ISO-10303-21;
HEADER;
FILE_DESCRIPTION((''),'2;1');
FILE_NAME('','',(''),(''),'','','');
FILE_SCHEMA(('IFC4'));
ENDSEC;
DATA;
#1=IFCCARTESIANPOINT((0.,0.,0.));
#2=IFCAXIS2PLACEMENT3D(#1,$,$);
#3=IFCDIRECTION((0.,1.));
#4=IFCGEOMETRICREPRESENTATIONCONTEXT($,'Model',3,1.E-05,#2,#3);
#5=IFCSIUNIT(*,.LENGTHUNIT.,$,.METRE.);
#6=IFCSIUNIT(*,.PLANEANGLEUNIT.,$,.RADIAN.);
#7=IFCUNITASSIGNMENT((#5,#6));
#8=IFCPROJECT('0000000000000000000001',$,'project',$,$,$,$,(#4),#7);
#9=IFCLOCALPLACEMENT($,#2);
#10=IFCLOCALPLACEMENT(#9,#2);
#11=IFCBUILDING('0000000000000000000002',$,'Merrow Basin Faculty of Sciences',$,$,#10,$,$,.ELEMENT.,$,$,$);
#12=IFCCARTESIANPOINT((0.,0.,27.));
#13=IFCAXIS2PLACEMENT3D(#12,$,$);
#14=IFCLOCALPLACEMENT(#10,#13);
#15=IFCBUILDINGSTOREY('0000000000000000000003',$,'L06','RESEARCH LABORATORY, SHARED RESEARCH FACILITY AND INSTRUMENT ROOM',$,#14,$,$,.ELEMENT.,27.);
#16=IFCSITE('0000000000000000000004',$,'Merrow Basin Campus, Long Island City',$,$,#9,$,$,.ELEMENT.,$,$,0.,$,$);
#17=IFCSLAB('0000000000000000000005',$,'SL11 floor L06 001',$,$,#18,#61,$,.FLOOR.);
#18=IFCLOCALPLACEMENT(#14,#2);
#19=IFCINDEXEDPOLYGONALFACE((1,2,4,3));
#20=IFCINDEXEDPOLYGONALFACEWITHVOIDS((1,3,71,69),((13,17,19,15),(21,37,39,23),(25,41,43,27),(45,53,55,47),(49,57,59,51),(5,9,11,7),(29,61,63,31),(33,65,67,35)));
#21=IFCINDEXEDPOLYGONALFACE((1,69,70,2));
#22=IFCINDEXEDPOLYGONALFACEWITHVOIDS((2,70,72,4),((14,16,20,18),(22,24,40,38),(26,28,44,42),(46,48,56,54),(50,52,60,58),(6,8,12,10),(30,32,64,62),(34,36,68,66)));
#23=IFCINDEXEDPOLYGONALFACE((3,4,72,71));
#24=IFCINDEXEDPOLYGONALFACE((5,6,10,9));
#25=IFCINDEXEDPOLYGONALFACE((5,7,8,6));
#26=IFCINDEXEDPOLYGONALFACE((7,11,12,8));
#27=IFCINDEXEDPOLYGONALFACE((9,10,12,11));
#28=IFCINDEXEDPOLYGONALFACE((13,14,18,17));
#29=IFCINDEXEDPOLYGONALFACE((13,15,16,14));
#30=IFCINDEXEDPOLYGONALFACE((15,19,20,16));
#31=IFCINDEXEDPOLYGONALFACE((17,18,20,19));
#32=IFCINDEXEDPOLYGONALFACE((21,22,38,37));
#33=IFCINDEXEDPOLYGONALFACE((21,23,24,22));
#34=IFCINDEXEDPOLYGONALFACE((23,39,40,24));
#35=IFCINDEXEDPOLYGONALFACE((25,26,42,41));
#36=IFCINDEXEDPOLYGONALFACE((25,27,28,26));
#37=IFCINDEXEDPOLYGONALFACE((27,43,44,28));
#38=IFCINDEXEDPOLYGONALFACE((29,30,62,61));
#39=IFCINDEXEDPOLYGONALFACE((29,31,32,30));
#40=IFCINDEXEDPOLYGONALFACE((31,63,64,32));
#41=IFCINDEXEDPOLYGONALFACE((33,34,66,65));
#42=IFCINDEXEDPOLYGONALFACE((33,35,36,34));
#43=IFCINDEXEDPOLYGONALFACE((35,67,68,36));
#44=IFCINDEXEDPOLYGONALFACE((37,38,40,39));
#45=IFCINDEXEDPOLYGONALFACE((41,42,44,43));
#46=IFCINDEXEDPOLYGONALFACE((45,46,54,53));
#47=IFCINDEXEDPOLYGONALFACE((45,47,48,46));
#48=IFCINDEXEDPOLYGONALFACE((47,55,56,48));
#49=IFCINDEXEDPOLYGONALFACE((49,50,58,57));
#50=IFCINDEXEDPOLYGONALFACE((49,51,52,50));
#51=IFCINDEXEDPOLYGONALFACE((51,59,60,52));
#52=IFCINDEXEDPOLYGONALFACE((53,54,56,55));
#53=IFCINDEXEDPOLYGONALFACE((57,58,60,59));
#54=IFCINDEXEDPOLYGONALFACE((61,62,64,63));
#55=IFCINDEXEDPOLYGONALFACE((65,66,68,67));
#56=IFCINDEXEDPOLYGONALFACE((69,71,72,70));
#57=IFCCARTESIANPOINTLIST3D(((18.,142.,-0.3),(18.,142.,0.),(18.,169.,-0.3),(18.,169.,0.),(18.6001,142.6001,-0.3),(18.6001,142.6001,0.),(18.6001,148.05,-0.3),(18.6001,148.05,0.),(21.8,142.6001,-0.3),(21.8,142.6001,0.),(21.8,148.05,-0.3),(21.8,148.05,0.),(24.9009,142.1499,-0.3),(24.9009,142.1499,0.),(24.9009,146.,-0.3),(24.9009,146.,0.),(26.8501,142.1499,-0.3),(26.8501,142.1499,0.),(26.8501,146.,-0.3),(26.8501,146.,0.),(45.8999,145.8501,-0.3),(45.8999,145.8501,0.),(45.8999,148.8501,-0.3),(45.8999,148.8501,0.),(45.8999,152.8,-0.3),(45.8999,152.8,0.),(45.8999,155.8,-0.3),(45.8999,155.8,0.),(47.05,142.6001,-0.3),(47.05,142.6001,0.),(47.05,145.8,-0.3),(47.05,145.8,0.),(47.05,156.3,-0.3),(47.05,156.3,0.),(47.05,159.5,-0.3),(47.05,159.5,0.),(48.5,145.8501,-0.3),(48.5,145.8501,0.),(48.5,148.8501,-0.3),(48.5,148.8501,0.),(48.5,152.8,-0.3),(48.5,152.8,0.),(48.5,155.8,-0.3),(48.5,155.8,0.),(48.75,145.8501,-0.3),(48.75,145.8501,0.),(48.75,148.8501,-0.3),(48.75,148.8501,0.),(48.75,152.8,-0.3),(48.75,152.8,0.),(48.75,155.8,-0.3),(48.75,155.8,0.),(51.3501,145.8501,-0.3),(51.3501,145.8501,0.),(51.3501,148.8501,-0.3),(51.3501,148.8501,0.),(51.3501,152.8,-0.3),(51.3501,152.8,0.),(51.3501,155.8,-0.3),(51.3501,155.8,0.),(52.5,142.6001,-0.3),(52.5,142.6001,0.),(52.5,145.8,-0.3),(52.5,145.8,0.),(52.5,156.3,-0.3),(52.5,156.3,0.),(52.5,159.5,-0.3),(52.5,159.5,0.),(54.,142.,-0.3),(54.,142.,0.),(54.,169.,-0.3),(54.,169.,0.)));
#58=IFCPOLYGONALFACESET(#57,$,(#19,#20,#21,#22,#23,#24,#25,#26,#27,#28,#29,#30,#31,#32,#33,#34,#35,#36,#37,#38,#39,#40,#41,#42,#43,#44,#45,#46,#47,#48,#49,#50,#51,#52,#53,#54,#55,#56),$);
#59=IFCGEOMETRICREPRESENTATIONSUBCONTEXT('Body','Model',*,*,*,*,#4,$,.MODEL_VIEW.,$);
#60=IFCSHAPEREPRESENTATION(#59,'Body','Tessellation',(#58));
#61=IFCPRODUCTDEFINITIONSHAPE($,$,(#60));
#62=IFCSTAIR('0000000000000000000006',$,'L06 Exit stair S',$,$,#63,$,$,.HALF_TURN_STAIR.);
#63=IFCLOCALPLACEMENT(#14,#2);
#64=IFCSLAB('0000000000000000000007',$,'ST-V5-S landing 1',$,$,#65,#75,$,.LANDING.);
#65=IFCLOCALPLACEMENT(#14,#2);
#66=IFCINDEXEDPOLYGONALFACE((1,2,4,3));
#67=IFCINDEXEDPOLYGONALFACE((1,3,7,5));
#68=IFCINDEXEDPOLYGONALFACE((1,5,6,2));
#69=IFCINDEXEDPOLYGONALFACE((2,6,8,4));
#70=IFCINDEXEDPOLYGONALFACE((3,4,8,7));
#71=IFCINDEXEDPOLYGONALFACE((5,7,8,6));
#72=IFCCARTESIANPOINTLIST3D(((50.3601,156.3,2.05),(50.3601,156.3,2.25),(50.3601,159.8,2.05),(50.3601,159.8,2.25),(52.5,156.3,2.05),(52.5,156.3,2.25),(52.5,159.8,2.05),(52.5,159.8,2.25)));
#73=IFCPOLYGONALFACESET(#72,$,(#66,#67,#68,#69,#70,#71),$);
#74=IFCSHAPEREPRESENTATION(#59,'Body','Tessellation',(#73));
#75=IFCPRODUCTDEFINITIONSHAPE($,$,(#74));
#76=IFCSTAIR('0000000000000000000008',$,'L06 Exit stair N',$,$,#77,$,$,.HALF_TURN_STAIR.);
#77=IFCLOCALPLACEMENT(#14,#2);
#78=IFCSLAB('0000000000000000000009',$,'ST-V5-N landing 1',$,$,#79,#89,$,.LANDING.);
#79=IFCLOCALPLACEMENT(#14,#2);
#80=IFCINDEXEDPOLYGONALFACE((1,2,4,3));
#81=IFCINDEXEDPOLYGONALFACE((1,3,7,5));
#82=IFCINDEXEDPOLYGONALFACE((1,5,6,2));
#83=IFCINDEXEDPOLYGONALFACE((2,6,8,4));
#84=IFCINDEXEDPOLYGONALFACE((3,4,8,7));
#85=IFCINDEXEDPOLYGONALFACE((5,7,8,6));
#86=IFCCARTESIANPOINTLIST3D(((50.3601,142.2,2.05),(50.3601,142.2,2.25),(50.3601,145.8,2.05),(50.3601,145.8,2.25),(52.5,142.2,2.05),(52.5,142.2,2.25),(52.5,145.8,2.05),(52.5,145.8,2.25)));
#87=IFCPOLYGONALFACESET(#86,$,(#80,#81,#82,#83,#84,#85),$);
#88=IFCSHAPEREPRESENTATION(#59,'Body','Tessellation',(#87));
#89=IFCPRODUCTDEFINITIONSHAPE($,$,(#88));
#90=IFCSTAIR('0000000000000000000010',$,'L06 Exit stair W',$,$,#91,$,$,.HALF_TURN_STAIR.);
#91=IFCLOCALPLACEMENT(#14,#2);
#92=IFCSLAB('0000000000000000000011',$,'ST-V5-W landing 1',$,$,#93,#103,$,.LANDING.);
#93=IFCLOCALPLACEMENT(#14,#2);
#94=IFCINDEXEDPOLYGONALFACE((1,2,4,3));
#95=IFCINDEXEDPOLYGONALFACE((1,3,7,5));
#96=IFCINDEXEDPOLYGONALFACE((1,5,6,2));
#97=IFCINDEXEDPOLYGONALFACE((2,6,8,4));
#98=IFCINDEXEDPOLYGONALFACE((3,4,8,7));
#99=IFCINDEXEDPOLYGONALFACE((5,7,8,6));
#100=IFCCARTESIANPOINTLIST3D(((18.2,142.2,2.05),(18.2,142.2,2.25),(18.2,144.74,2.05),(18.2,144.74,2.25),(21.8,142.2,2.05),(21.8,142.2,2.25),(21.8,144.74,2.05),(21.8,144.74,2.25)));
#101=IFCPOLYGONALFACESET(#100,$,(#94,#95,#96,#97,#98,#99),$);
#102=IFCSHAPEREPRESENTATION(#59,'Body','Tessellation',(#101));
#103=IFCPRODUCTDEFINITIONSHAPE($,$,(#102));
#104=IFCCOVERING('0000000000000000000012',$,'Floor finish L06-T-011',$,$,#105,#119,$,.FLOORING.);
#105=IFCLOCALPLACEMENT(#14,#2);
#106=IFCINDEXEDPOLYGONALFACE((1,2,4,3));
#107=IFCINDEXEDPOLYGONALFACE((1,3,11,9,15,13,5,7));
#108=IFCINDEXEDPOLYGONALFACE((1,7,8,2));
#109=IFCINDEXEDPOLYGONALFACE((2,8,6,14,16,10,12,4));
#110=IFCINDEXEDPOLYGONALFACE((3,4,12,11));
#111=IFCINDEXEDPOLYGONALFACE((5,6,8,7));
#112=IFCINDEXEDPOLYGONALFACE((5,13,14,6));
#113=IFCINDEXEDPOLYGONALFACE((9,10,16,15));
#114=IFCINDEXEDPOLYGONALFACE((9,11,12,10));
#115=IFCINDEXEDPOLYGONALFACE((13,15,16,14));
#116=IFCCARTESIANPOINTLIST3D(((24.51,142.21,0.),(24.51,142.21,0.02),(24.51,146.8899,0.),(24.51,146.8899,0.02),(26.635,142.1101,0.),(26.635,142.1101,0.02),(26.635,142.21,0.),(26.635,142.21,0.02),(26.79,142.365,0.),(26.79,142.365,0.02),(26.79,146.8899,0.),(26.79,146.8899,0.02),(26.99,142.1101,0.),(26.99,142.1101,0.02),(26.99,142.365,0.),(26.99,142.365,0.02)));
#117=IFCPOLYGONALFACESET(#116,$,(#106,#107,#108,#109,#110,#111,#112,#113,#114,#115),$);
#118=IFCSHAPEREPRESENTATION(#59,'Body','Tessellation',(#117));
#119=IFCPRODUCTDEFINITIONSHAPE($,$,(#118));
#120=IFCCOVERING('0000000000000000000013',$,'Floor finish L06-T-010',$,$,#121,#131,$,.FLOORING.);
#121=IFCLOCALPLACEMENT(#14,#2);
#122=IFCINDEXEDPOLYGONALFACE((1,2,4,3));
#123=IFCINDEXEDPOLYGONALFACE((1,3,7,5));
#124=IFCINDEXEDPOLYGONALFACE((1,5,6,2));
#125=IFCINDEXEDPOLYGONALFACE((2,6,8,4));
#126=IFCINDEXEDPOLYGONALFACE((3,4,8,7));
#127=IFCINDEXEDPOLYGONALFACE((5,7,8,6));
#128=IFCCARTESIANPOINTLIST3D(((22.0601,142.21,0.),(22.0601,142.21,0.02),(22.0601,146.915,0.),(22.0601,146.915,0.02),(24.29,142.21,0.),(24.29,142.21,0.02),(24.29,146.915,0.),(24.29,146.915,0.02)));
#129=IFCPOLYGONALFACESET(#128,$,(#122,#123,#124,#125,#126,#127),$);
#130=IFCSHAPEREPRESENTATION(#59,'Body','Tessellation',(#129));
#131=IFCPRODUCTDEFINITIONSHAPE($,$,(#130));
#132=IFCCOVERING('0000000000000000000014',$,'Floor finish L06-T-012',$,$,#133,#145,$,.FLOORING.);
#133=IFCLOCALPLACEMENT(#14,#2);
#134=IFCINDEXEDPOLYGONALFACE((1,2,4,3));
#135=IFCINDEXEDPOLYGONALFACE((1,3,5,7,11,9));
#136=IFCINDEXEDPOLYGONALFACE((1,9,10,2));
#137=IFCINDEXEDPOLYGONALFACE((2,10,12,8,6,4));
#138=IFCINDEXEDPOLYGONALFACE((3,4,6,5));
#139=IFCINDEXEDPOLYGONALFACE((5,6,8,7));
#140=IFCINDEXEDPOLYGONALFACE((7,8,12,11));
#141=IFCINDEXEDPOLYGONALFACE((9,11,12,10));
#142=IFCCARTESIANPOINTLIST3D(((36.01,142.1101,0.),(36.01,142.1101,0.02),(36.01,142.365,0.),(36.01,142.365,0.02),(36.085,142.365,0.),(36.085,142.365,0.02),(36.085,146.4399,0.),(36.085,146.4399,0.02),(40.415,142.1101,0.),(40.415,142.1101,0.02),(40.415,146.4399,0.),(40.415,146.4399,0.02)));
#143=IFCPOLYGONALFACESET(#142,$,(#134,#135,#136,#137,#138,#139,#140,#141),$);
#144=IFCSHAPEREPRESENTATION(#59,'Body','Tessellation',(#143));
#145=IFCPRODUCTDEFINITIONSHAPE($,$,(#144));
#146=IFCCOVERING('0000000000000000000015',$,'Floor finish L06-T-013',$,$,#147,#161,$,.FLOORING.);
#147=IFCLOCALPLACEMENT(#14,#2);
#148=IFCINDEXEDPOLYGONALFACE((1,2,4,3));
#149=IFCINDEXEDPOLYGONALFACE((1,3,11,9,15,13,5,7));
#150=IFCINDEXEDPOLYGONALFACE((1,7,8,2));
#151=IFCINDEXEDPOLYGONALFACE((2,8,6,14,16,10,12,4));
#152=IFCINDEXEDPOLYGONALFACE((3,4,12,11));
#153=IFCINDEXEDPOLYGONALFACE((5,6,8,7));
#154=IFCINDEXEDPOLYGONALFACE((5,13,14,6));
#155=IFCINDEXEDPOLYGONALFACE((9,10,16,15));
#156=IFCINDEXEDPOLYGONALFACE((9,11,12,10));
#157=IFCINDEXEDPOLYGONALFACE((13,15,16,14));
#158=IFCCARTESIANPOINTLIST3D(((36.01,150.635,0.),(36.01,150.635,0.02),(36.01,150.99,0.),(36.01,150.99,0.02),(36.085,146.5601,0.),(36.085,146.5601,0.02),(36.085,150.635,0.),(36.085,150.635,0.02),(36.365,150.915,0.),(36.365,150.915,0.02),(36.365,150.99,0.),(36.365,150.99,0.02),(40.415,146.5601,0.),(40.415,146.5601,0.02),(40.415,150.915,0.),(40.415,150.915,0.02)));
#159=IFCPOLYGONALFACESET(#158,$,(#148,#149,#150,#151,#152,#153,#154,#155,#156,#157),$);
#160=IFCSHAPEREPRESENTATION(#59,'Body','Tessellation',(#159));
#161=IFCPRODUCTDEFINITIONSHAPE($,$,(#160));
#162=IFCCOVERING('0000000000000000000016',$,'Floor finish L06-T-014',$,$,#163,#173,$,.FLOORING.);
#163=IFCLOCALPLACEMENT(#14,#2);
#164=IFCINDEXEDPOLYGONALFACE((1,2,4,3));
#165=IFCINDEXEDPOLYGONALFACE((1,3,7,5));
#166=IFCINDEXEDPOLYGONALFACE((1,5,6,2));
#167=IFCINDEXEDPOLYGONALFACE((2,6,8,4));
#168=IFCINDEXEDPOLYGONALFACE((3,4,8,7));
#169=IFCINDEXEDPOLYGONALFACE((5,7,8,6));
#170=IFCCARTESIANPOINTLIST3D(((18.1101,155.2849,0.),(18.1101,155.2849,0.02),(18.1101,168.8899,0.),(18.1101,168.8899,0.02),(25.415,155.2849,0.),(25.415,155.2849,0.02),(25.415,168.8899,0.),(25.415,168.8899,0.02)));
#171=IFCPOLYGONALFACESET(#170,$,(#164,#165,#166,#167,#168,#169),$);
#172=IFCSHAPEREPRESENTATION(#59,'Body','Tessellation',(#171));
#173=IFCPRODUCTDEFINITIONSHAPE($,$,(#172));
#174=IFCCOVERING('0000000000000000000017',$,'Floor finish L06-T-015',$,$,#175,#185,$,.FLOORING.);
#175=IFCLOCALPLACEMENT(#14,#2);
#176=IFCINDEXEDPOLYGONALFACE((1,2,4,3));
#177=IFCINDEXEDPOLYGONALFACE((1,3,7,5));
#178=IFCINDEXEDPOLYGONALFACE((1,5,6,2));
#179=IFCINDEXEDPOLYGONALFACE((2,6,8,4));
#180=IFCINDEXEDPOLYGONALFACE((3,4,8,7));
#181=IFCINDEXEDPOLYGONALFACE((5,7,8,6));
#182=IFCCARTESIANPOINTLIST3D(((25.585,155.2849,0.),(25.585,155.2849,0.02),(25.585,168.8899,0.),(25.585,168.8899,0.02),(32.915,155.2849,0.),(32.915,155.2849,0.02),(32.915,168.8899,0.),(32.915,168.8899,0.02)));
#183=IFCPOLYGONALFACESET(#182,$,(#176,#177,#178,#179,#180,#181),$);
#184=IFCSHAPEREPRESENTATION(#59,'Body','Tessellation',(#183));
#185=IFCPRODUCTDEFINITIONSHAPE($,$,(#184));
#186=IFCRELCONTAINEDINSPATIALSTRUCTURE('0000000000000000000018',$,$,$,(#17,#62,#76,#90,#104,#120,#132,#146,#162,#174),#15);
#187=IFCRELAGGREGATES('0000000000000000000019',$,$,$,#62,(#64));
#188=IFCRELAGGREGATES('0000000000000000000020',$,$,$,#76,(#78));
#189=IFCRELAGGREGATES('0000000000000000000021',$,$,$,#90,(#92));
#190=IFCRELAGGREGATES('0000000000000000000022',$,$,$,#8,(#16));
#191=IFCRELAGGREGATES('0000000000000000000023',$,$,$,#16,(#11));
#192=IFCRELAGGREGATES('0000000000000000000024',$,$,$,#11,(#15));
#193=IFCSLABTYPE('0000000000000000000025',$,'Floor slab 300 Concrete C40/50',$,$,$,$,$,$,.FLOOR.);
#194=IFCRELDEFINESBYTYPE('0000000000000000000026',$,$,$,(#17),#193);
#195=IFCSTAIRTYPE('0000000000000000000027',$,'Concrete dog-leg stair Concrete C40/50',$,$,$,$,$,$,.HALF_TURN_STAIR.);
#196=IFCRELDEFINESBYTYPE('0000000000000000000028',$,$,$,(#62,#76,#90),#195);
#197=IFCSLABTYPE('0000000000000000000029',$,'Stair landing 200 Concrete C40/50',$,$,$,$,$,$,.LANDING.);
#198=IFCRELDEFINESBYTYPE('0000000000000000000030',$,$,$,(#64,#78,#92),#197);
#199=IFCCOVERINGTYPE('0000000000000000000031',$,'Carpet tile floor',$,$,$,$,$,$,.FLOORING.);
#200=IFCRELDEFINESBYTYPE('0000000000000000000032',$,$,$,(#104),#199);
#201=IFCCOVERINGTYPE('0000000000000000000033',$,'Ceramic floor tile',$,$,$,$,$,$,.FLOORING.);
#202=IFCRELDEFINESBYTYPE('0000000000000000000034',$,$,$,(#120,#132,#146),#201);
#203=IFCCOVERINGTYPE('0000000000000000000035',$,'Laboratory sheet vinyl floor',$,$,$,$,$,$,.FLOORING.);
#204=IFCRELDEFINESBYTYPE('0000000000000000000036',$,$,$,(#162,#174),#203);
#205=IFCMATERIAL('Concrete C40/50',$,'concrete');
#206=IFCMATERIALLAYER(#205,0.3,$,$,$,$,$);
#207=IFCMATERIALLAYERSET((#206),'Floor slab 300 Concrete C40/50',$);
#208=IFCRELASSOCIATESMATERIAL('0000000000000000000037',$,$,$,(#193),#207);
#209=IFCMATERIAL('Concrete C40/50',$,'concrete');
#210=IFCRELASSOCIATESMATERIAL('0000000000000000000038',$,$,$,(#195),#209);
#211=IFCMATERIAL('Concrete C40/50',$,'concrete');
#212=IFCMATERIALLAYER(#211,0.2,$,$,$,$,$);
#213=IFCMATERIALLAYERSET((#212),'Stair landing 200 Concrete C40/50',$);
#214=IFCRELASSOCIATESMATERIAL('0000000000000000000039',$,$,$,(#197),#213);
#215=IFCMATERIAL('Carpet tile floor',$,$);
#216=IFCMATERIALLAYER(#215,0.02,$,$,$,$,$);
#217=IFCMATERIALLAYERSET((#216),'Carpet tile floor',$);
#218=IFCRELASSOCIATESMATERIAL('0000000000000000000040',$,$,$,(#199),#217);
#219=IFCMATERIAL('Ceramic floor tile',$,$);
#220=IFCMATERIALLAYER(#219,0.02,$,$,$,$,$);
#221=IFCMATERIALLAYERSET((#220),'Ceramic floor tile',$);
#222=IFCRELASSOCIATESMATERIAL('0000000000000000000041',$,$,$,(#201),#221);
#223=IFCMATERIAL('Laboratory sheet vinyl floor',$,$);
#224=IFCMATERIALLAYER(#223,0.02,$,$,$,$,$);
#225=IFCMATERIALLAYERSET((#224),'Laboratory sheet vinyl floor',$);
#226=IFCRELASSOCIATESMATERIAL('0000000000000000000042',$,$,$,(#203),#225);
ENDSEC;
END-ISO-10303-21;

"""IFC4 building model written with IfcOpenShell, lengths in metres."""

from ifc_helpers import new_model, si_unit, direction, frame, origin, place, context, subcontext, project, spatial, polyline, outline, extrude, material, layer, layer_set, type_object, element, aggregate, save


model = new_model("IFC4")

# Units and contexts
model_context = context("Model", 3, precision=1e-05, world=origin(), true_north=direction((0.0, 1.0)))
body_context = subcontext(model_context, "Body", "Model", "MODEL_VIEW")
ifc_project = project(units=[si_unit("LENGTHUNIT", "METRE"), si_unit("PLANEANGLEUNIT", "RADIAN")], contexts=[model_context])

# Site, building, storey
site_placement = place(None, origin())
site = spatial("IfcSite", under=ifc_project, at=site_placement, Name="Merrow Basin Campus, Long Island City", CompositionType="ELEMENT", RefElevation=0.0)
building_placement = place(site_placement, origin())
building = spatial("IfcBuilding", under=site, at=building_placement, Name="Merrow Basin Faculty of Sciences", CompositionType="ELEMENT")
storey_placement = place(building_placement, frame((0.0, 0.0, 27.0)))
storey = spatial("IfcBuildingStorey", under=building, at=storey_placement, Name="L06", Description="RESEARCH LABORATORY, SHARED RESEARCH FACILITY AND INSTRUMENT ROOM", CompositionType="ELEMENT", Elevation=27.0)

# Slab
ifc_material_1 = material(Name="Concrete C40/50", Category="concrete")
ifc_layer_1 = layer(ifc_material_1, 0.3)
ifc_layer_set_1 = layer_set([ifc_layer_1], Name="Floor slab 300 Concrete C40/50")
slab_type_1 = type_object("IfcSlabType", Name="Floor slab 300 Concrete C40/50", PredefinedType="FLOOR", material=ifc_layer_set_1)
slab_1_placement = place(storey_placement, frame((0.0, 0.0, -0.3)))
element("IfcSlab", 1, at=slab_1_placement, inside=storey, type_object=slab_type_1, Name="SL11 floor L06 001", PredefinedType="FLOOR", context=body_context, shape_type="SweptSolid", body=[
    extrude(outline(polyline([(18.0, 169.0), (54.0, 169.0), (54.0, 142.0), (18.0, 142.0), (18.0, 169.0)]), holes=[polyline([(47.05, 142.6001), (52.5, 142.6001), (52.5, 145.8), (47.05, 145.8), (47.05, 142.6001)]), polyline([(47.05, 156.3), (52.5, 156.3), (52.5, 159.5), (47.05, 159.5), (47.05, 156.3)]), polyline([(48.75, 145.8501), (51.3501, 145.8501), (51.3501, 148.8501), (48.75, 148.8501), (48.75, 145.8501)]), polyline([(48.75, 152.8), (51.3501, 152.8), (51.3501, 155.8), (48.75, 155.8), (48.75, 152.8)]), polyline([(45.8999, 145.8501), (48.5, 145.8501), (48.5, 148.8501), (45.8999, 148.8501), (45.8999, 145.8501)]), polyline([(45.8999, 152.8), (48.5, 152.8), (48.5, 155.8), (45.8999, 155.8), (45.8999, 152.8)]), polyline([(24.9009, 142.1499), (26.8501, 142.1499), (26.8501, 146.0), (24.9009, 146.0), (24.9009, 142.1499)]), polyline([(18.6001, 142.6001), (21.8, 142.6001), (21.8, 148.05), (18.6001, 148.05), (18.6001, 142.6001)])]), origin(), (0.0, 0.0, 1.0), 0.3),
])

# Stairs, slabs
ifc_material_2 = material(Name="Concrete C40/50", Category="concrete")
stair_type = type_object("IfcStairType", Name="Concrete dog-leg stair Concrete C40/50", PredefinedType="HALF_TURN_STAIR", material=ifc_material_2)
stair_1_placement = place(storey_placement, origin())
stair_1 = element("IfcStair", 2, at=stair_1_placement, inside=storey, type_object=stair_type, Name="L06 Exit stair S", PredefinedType="HALF_TURN_STAIR")
ifc_material_3 = material(Name="Concrete C40/50", Category="concrete")
ifc_layer_2 = layer(ifc_material_3, 0.2)
ifc_layer_set_2 = layer_set([ifc_layer_2], Name="Stair landing 200 Concrete C40/50")
slab_type_2 = type_object("IfcSlabType", Name="Stair landing 200 Concrete C40/50", PredefinedType="LANDING", material=ifc_layer_set_2)
slab_2_placement = place(storey_placement, frame((0.0, 0.0, 2.05)))
slab_2 = element("IfcSlab", 3, at=slab_2_placement, type_object=slab_type_2, Name="ST-V5-S landing 1", PredefinedType="LANDING", context=body_context, shape_type="SweptSolid", body=[
    extrude(outline(polyline([(50.3601, 156.3), (52.5, 156.3), (52.5, 159.8), (50.3601, 159.8), (50.3601, 156.3)])), origin(), (0.0, 0.0, 1.0), 0.2),
])
aggregate(stair_1, [slab_2])
stair_2_placement = place(storey_placement, origin())
stair_2 = element("IfcStair", 4, at=stair_2_placement, inside=storey, type_object=stair_type, Name="L06 Exit stair N", PredefinedType="HALF_TURN_STAIR")
slab_3_placement = place(storey_placement, frame((0.0, 0.0, 2.05)))
slab_3 = element("IfcSlab", 5, at=slab_3_placement, type_object=slab_type_2, Name="ST-V5-N landing 1", PredefinedType="LANDING", context=body_context, shape_type="SweptSolid", body=[
    extrude(outline(polyline([(50.3601, 142.2), (52.5, 142.2), (52.5, 145.8), (50.3601, 145.8), (50.3601, 142.2)])), origin(), (0.0, 0.0, 1.0), 0.2),
])
aggregate(stair_2, [slab_3])
stair_3_placement = place(storey_placement, origin())
stair_3 = element("IfcStair", 6, at=stair_3_placement, inside=storey, type_object=stair_type, Name="L06 Exit stair W", PredefinedType="HALF_TURN_STAIR")
slab_4_placement = place(storey_placement, frame((0.0, 0.0, 2.05)))
slab_4 = element("IfcSlab", 7, at=slab_4_placement, type_object=slab_type_2, Name="ST-V5-W landing 1", PredefinedType="LANDING", context=body_context, shape_type="SweptSolid", body=[
    extrude(outline(polyline([(18.2, 142.2), (21.8, 142.2), (21.8, 144.74), (18.2, 144.74), (18.2, 142.2)])), origin(), (0.0, 0.0, 1.0), 0.2),
])
aggregate(stair_3, [slab_4])

# Coverings
ifc_material_4 = material(Name="Carpet tile floor")
ifc_layer_3 = layer(ifc_material_4, 0.02)
ifc_layer_set_3 = layer_set([ifc_layer_3], Name="Carpet tile floor")
covering_type_1 = type_object("IfcCoveringType", Name="Carpet tile floor", PredefinedType="FLOORING", material=ifc_layer_set_3)
covering_1_placement = place(storey_placement, origin())
element("IfcCovering", 8, at=covering_1_placement, inside=storey, type_object=covering_type_1, Name="Floor finish L06-T-011", PredefinedType="FLOORING", context=body_context, shape_type="SweptSolid", body=[
    extrude(outline(polyline([(26.99, 142.1101), (26.635, 142.1101), (26.635, 142.21), (24.51, 142.21), (24.51, 146.8899), (26.79, 146.8899), (26.79, 142.365), (26.99, 142.365), (26.99, 142.1101)])), origin(), (0.0, 0.0, 1.0), 0.02),
])
ifc_material_5 = material(Name="Ceramic floor tile")
ifc_layer_4 = layer(ifc_material_5, 0.02)
ifc_layer_set_4 = layer_set([ifc_layer_4], Name="Ceramic floor tile")
covering_type_2 = type_object("IfcCoveringType", Name="Ceramic floor tile", PredefinedType="FLOORING", material=ifc_layer_set_4)
covering_2_placement = place(storey_placement, origin())
element("IfcCovering", 9, at=covering_2_placement, inside=storey, type_object=covering_type_2, Name="Floor finish L06-T-010", PredefinedType="FLOORING", context=body_context, shape_type="SweptSolid", body=[
    extrude(outline(polyline([(24.29, 142.21), (22.0601, 142.21), (22.0601, 146.915), (24.29, 146.915), (24.29, 142.21)])), origin(), (0.0, 0.0, 1.0), 0.02),
])
covering_3_placement = place(storey_placement, origin())
element("IfcCovering", 10, at=covering_3_placement, inside=storey, type_object=covering_type_2, Name="Floor finish L06-T-012", PredefinedType="FLOORING", context=body_context, shape_type="SweptSolid", body=[
    extrude(outline(polyline([(36.01, 142.1101), (36.01, 142.365), (36.085, 142.365), (36.085, 146.4399), (40.415, 146.4399), (40.415, 142.1101), (36.01, 142.1101)])), origin(), (0.0, 0.0, 1.0), 0.02),
])
covering_4_placement = place(storey_placement, origin())
element("IfcCovering", 11, at=covering_4_placement, inside=storey, type_object=covering_type_2, Name="Floor finish L06-T-013", PredefinedType="FLOORING", context=body_context, shape_type="SweptSolid", body=[
    extrude(outline(polyline([(36.01, 150.99), (36.365, 150.99), (36.365, 150.915), (40.415, 150.915), (40.415, 146.5601), (36.085, 146.5601), (36.085, 150.635), (36.01, 150.635), (36.01, 150.99)])), origin(), (0.0, 0.0, 1.0), 0.02),
])
ifc_material_6 = material(Name="Laboratory sheet vinyl floor")
ifc_layer_5 = layer(ifc_material_6, 0.02)
ifc_layer_set_5 = layer_set([ifc_layer_5], Name="Laboratory sheet vinyl floor")
covering_type_3 = type_object("IfcCoveringType", Name="Laboratory sheet vinyl floor", PredefinedType="FLOORING", material=ifc_layer_set_5)
covering_5_placement = place(storey_placement, origin())
element("IfcCovering", 12, at=covering_5_placement, inside=storey, type_object=covering_type_3, Name="Floor finish L06-T-014", PredefinedType="FLOORING", context=body_context, shape_type="SweptSolid", body=[
    extrude(outline(polyline([(18.1101, 168.8899), (25.415, 168.8899), (25.415, 155.2849), (18.1101, 155.2849), (18.1101, 168.8899)])), origin(), (0.0, 0.0, 1.0), 0.02),
])
covering_6_placement = place(storey_placement, origin())
element("IfcCovering", 13, at=covering_6_placement, inside=storey, type_object=covering_type_3, Name="Floor finish L06-T-015", PredefinedType="FLOORING", context=body_context, shape_type="SweptSolid", body=[
    extrude(outline(polyline([(32.915, 168.8899), (32.915, 155.2849), (25.585, 155.2849), (25.585, 168.8899), (32.915, 168.8899)])), origin(), (0.0, 0.0, 1.0), 0.02),
])

save(model, "model.ifc")
